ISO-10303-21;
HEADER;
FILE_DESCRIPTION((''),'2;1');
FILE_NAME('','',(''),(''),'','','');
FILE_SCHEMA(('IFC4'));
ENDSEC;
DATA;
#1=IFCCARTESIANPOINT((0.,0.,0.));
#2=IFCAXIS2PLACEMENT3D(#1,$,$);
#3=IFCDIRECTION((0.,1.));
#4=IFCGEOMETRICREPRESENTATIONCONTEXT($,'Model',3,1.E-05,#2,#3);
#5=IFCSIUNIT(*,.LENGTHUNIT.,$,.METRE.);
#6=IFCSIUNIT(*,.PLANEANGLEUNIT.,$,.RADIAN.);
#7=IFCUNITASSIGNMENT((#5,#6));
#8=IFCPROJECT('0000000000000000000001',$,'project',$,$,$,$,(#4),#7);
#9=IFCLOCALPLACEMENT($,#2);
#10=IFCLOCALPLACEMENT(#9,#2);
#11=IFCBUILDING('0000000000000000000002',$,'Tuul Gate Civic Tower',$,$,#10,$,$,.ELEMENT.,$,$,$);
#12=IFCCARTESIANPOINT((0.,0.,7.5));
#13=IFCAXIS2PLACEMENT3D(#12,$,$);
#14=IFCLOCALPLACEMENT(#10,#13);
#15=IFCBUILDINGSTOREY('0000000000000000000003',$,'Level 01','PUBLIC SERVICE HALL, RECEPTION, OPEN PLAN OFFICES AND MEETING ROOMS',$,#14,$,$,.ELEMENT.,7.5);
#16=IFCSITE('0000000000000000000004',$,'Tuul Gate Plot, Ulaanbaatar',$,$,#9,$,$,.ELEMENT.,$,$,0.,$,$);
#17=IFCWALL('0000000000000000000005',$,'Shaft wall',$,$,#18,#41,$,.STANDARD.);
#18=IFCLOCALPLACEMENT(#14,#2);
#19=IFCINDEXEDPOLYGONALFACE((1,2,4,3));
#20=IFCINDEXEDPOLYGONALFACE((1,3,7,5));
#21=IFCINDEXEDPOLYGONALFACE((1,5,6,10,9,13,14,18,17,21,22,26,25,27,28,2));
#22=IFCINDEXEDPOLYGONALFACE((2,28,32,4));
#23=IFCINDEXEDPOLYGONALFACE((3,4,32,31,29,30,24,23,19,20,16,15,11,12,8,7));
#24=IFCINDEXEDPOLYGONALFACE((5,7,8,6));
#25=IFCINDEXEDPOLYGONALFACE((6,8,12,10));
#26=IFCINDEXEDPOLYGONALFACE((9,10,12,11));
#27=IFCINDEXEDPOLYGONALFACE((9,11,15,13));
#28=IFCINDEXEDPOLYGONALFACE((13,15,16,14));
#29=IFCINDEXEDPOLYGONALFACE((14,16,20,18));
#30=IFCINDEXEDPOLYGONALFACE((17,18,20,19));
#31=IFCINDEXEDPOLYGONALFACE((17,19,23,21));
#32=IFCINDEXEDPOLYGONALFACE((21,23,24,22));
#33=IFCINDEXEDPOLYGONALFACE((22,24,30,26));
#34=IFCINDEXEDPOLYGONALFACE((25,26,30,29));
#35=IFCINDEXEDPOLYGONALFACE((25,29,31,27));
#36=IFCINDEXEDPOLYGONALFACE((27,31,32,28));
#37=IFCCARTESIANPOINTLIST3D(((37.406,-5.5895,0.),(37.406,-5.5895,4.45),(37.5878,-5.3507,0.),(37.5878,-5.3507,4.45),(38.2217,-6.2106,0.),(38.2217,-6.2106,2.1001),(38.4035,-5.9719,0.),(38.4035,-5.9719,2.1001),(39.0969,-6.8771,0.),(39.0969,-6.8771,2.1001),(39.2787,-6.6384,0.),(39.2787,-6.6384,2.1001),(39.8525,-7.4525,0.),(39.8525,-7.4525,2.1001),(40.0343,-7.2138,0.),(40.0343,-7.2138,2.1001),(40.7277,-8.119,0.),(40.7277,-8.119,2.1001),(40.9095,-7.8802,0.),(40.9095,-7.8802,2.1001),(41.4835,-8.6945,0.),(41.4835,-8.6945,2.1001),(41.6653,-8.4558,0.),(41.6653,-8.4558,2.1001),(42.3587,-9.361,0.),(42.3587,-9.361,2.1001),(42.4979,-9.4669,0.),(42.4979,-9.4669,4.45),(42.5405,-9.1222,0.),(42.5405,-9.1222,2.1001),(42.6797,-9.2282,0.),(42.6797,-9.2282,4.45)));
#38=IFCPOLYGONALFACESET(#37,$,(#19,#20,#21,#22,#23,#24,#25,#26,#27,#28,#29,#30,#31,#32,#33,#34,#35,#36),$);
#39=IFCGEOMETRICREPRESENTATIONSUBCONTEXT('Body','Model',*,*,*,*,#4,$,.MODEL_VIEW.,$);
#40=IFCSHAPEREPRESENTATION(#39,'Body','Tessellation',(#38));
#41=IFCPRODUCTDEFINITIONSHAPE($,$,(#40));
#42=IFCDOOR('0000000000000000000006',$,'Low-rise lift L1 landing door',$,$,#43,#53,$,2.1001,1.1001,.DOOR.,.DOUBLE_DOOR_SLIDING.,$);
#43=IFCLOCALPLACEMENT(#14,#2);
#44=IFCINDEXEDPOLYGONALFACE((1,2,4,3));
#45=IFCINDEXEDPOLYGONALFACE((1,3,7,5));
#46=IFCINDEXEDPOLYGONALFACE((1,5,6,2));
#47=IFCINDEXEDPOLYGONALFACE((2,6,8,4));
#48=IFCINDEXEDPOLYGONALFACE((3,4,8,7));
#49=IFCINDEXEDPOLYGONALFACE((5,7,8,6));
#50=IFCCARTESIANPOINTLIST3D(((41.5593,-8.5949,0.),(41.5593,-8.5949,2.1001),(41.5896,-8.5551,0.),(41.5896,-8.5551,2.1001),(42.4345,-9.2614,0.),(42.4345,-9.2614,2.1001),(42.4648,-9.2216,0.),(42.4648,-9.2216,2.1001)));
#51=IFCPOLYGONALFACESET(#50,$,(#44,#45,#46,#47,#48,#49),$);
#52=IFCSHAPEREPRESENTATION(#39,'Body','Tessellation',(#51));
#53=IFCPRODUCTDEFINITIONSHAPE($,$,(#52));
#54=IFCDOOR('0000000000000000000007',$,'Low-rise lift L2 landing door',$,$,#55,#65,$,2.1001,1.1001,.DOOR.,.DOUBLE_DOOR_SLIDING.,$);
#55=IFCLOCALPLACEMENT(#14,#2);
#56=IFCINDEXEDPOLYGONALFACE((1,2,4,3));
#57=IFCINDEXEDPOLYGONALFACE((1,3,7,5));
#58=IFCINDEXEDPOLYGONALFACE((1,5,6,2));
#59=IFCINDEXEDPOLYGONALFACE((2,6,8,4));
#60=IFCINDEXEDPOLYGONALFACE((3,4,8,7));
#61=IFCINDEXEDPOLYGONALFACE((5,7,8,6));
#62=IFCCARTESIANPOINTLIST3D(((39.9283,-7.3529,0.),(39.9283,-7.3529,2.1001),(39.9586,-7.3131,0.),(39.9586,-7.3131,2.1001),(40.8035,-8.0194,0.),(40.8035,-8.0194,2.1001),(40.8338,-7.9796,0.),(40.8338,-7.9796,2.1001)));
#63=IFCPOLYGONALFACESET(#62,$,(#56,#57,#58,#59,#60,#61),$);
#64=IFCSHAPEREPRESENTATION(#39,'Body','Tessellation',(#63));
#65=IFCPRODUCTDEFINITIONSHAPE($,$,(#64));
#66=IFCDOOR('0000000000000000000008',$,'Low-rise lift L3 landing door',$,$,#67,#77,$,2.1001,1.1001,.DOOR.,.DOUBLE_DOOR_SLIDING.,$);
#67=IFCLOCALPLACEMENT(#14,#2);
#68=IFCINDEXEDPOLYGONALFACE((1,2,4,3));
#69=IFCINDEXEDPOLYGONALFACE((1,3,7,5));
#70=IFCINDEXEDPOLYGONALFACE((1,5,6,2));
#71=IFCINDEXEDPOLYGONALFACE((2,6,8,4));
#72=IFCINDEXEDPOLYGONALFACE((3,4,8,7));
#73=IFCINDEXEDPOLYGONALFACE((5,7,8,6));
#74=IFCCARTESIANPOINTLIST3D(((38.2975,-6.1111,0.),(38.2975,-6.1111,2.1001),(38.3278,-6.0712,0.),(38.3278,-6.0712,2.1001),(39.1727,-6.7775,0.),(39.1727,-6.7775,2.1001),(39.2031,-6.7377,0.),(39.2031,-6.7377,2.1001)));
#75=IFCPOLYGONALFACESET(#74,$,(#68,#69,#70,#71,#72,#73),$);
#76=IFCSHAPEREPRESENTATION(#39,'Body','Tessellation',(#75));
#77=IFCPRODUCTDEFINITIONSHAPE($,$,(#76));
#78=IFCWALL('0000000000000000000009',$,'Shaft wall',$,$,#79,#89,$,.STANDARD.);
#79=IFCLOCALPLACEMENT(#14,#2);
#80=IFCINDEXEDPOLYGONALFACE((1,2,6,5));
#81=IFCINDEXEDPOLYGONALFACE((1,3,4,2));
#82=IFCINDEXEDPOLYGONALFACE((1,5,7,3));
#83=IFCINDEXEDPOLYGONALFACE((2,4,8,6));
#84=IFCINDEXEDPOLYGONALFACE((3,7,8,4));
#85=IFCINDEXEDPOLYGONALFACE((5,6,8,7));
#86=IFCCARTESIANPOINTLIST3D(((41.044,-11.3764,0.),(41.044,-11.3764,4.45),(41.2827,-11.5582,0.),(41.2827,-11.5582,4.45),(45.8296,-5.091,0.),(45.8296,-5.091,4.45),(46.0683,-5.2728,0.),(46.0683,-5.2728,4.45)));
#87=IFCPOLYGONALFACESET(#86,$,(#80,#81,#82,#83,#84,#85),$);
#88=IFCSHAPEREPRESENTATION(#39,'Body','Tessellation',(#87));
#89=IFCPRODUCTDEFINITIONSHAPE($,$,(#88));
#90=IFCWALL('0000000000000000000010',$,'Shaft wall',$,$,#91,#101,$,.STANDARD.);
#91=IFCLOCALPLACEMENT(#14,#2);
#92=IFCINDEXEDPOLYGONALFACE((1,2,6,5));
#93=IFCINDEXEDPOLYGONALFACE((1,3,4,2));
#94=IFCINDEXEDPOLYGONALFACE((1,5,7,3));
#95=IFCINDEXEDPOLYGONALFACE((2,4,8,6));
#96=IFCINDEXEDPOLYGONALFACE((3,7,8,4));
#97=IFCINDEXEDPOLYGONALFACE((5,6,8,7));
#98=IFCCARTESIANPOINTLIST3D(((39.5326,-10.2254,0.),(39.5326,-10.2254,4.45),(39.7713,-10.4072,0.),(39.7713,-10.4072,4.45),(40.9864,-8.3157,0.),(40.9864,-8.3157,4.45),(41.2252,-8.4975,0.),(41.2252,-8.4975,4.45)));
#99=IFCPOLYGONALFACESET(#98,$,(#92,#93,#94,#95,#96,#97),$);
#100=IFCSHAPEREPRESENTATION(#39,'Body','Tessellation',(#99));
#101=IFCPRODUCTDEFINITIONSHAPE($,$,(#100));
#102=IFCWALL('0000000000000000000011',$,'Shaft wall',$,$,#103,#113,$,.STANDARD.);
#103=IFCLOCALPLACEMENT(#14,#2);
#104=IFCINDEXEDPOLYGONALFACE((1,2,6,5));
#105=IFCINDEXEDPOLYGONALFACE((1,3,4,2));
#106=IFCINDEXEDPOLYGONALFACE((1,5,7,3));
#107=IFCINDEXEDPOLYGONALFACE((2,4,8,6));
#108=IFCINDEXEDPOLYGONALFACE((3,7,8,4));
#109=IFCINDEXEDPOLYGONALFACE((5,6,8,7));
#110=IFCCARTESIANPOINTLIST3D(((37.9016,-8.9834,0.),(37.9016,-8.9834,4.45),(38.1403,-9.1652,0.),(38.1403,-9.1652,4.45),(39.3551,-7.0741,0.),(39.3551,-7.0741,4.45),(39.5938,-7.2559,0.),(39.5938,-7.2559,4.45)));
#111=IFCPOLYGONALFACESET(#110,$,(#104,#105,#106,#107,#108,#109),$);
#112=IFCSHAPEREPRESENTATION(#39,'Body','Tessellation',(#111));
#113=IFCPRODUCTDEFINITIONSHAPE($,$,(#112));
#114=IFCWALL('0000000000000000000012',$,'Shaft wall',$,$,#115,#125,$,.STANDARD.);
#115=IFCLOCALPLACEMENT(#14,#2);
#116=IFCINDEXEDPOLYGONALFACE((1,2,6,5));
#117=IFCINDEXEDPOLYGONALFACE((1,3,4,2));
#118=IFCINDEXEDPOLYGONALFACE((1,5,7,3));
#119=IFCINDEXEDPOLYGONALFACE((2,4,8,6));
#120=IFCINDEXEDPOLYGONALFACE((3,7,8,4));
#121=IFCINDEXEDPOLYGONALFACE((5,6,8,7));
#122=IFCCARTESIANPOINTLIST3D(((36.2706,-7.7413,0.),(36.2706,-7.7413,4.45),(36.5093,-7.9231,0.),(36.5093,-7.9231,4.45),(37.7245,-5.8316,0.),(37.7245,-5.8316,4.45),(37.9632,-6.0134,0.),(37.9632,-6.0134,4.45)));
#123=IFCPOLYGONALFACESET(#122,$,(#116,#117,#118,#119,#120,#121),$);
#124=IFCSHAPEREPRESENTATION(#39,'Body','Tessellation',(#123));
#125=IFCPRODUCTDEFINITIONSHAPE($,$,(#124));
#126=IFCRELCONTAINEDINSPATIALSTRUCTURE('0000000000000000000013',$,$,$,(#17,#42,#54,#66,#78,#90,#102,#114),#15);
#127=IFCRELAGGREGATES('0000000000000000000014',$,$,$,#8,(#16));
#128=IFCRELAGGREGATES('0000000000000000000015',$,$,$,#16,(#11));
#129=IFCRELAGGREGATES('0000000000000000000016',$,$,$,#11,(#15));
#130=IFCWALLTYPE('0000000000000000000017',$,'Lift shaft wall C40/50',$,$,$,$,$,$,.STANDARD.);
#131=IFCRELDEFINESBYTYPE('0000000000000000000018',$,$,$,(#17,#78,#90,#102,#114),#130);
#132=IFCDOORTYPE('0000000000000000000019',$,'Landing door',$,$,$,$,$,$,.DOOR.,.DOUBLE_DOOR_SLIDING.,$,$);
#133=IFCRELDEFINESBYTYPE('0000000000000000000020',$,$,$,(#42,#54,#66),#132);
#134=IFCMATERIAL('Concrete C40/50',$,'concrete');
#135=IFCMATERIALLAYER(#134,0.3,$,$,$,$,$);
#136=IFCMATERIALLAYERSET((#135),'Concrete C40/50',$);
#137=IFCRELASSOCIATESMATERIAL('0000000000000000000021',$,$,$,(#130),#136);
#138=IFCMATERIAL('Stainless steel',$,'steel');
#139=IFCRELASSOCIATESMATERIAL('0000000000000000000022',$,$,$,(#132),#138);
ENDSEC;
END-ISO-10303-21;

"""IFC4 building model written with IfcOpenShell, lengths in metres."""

from ifc_helpers import new_model, si_unit, direction, frame, frame_2d, origin, place, context, subcontext, project, spatial, rectangle, extrude, material, layer, layer_set, type_object, element, fill, save


model = new_model("IFC4")

# Units and contexts
model_context = context("Model", 3, precision=1e-05, world=origin(), true_north=direction((0.0, 1.0)))
body_context = subcontext(model_context, "Body", "Model", "MODEL_VIEW")
ifc_project = project(units=[si_unit("LENGTHUNIT", "METRE"), si_unit("PLANEANGLEUNIT", "RADIAN")], contexts=[model_context])

# Site, building, storey
site_placement = place(None, origin())
site = spatial("IfcSite", under=ifc_project, at=site_placement, Name="Tuul Gate Plot, Ulaanbaatar", CompositionType="ELEMENT", RefElevation=0.0)
building_placement = place(site_placement, origin())
building = spatial("IfcBuilding", under=site, at=building_placement, Name="Tuul Gate Civic Tower", CompositionType="ELEMENT")
storey_placement = place(building_placement, frame((0.0, 0.0, 7.5)))
storey = spatial("IfcBuildingStorey", under=building, at=storey_placement, Name="Level 01", Description="PUBLIC SERVICE HALL, RECEPTION, OPEN PLAN OFFICES AND MEETING ROOMS", CompositionType="ELEMENT", Elevation=7.5)

# Shared definitions
ifc_material_1 = material(Name="Concrete C40/50", Category="concrete")
ifc_layer_1 = layer(ifc_material_1, 0.3)
ifc_layer_set_1 = layer_set([ifc_layer_1], Name="Concrete C40/50")
wall_type_1 = type_object("IfcWallType", Name="Lift shaft wall C40/50", PredefinedType="STANDARD", material=ifc_layer_set_1)

# Wall, openings, doors
wall_1_placement = place(storey_placement, frame((42.5889, -9.3477, 0.0), z_axis=(0.0, 0.0, 1.0), x_axis=(-0.795584, 0.605843, 0.0)))
wall_1 = element("IfcWall", 1, at=wall_1_placement, inside=storey, type_object=wall_type_1, Name="Shaft wall", PredefinedType="STANDARD", context=body_context, shape_type="SweptSolid", body=[
    extrude(rectangle(XDim=6.4001, YDim=0.3, at=frame_2d((3.2002, 0.0))), origin(), (0.0, 0.0, 1.0), 4.45),
])
opening_1_placement = place(wall_1_placement, frame((0.175, 0.0, 0.0)))
opening_1 = element("IfcOpeningElement", 2, at=opening_1_placement, cuts=wall_1, PredefinedType="OPENING", context=body_context, shape_type="SweptSolid", body=[
    extrude(rectangle(XDim=1.1001, YDim=2.1001, at=frame_2d((0.55, 1.05))), frame((0.0, 0.1602, 0.0), z_axis=(0.0, -1.0, 0.0), x_axis=(1.0, 0.0, 0.0)), (0.0, 0.0, 1.0), 0.3201),
])
opening_2_placement = place(wall_1_placement, frame((2.2251, 0.0, 0.0)))
opening_2 = element("IfcOpeningElement", 3, at=opening_2_placement, cuts=wall_1, PredefinedType="OPENING", context=body_context, shape_type="SweptSolid", body=[
    extrude(rectangle(XDim=1.1001, YDim=2.1001, at=frame_2d((0.55, 1.05))), frame((0.0, 0.1602, 0.0), z_axis=(0.0, -1.0, 0.0), x_axis=(1.0, 0.0, 0.0)), (0.0, 0.0, 1.0), 0.3201),
])
opening_3_placement = place(wall_1_placement, frame((4.2749, 0.0, 0.0)))
opening_3 = element("IfcOpeningElement", 4, at=opening_3_placement, cuts=wall_1, PredefinedType="OPENING", context=body_context, shape_type="SweptSolid", body=[
    extrude(rectangle(XDim=1.1001, YDim=2.1001, at=frame_2d((0.55, 1.05))), frame((0.0, 0.1602, 0.0), z_axis=(0.0, -1.0, 0.0), x_axis=(1.0, 0.0, 0.0)), (0.0, 0.0, 1.0), 0.3201),
])
ifc_material_2 = material(Name="Stainless steel", Category="steel")
door_type_1 = type_object("IfcDoorType", Name="Landing door", OperationType="DOUBLE_DOOR_SLIDING", PredefinedType="DOOR", material=ifc_material_2)
door_1_placement = place(opening_1_placement, origin())
door_1 = element("IfcDoor", 5, at=door_1_placement, inside=storey, type_object=door_type_1, Name="Low-rise lift L1 landing door", OperationType="DOUBLE_DOOR_SLIDING", OverallHeight=2.1001, OverallWidth=1.1001, PredefinedType="DOOR", context=body_context, shape_type="SweptSolid", body=[
    extrude(rectangle(XDim=1.1001, YDim=2.1001, at=frame_2d((0.55, 1.05))), frame((0.0, 0.0249, 0.0), z_axis=(0.0, -1.0, 0.0), x_axis=(1.0, 0.0, 0.0)), (0.0, 0.0, 1.0), 0.05),
])
fill(opening_1, door_1)
door_2_placement = place(opening_2_placement, origin())
door_2 = element("IfcDoor", 6, at=door_2_placement, inside=storey, type_object=door_type_1, Name="Low-rise lift L2 landing door", OperationType="DOUBLE_DOOR_SLIDING", OverallHeight=2.1001, OverallWidth=1.1001, PredefinedType="DOOR", context=body_context, shape_type="SweptSolid", body=[
    extrude(rectangle(XDim=1.1001, YDim=2.1001, at=frame_2d((0.55, 1.05))), frame((0.0, 0.0249, 0.0), z_axis=(0.0, -1.0, 0.0), x_axis=(1.0, 0.0, 0.0)), (0.0, 0.0, 1.0), 0.05),
])
fill(opening_2, door_2)
door_3_placement = place(opening_3_placement, origin())
door_3 = element("IfcDoor", 7, at=door_3_placement, inside=storey, type_object=door_type_1, Name="Low-rise lift L3 landing door", OperationType="DOUBLE_DOOR_SLIDING", OverallHeight=2.1001, OverallWidth=1.1001, PredefinedType="DOOR", context=body_context, shape_type="SweptSolid", body=[
    extrude(rectangle(XDim=1.1001, YDim=2.1001, at=frame_2d((0.55, 1.05))), frame((0.0, 0.0249, 0.0), z_axis=(0.0, -1.0, 0.0), x_axis=(1.0, 0.0, 0.0)), (0.0, 0.0, 1.0), 0.05),
])
fill(opening_3, door_3)

# Walls
wall_2_placement = place(storey_placement, frame((41.1633, -11.4673, 0.0), z_axis=(0.0, 0.0, 1.0), x_axis=(0.605784, 0.795629, 0.0)))
element("IfcWall", 8, at=wall_2_placement, inside=storey, type_object=wall_type_1, Name="Shaft wall", PredefinedType="STANDARD", context=body_context, shape_type="SweptSolid", body=[
    extrude(rectangle(XDim=7.8999, YDim=0.3, at=frame_2d((3.95, 0.0))), origin(), (0.0, 0.0, 1.0), 4.45),
])
wall_3_placement = place(storey_placement, frame((39.6519, -10.3164, 0.0), z_axis=(0.0, 0.0, 1.0), x_axis=(0.605746, 0.795658, 0.0)))
element("IfcWall", 9, at=wall_3_placement, inside=storey, type_object=wall_type_1, Name="Shaft wall", PredefinedType="STANDARD", context=body_context, shape_type="SweptSolid", body=[
    extrude(rectangle(XDim=2.4001, YDim=0.3, at=frame_2d((1.2002, 0.0))), origin(), (0.0, 0.0, 1.0), 4.45),
])
wall_4_placement = place(storey_placement, frame((38.021, -9.0742, 0.0), z_axis=(0.0, 0.0, 1.0), x_axis=(0.605731, 0.79567, 0.0)))
element("IfcWall", 10, at=wall_4_placement, inside=storey, type_object=wall_type_1, Name="Shaft wall", PredefinedType="STANDARD", context=body_context, shape_type="SweptSolid", body=[
    extrude(rectangle(XDim=2.3997, YDim=0.3, at=frame_2d((1.1997, 0.0))), origin(), (0.0, 0.0, 1.0), 4.45),
])
wall_5_placement = place(storey_placement, frame((36.3899, -7.8323, 0.0), z_axis=(0.0, 0.0, 1.0), x_axis=(0.605746, 0.795658, 0.0)))
element("IfcWall", 11, at=wall_5_placement, inside=storey, type_object=wall_type_1, Name="Shaft wall", PredefinedType="STANDARD", context=body_context, shape_type="SweptSolid", body=[
    extrude(rectangle(XDim=2.4001, YDim=0.3, at=frame_2d((1.2002, 0.0))), origin(), (0.0, 0.0, 1.0), 4.45),
])

save(model, "model.ifc")
